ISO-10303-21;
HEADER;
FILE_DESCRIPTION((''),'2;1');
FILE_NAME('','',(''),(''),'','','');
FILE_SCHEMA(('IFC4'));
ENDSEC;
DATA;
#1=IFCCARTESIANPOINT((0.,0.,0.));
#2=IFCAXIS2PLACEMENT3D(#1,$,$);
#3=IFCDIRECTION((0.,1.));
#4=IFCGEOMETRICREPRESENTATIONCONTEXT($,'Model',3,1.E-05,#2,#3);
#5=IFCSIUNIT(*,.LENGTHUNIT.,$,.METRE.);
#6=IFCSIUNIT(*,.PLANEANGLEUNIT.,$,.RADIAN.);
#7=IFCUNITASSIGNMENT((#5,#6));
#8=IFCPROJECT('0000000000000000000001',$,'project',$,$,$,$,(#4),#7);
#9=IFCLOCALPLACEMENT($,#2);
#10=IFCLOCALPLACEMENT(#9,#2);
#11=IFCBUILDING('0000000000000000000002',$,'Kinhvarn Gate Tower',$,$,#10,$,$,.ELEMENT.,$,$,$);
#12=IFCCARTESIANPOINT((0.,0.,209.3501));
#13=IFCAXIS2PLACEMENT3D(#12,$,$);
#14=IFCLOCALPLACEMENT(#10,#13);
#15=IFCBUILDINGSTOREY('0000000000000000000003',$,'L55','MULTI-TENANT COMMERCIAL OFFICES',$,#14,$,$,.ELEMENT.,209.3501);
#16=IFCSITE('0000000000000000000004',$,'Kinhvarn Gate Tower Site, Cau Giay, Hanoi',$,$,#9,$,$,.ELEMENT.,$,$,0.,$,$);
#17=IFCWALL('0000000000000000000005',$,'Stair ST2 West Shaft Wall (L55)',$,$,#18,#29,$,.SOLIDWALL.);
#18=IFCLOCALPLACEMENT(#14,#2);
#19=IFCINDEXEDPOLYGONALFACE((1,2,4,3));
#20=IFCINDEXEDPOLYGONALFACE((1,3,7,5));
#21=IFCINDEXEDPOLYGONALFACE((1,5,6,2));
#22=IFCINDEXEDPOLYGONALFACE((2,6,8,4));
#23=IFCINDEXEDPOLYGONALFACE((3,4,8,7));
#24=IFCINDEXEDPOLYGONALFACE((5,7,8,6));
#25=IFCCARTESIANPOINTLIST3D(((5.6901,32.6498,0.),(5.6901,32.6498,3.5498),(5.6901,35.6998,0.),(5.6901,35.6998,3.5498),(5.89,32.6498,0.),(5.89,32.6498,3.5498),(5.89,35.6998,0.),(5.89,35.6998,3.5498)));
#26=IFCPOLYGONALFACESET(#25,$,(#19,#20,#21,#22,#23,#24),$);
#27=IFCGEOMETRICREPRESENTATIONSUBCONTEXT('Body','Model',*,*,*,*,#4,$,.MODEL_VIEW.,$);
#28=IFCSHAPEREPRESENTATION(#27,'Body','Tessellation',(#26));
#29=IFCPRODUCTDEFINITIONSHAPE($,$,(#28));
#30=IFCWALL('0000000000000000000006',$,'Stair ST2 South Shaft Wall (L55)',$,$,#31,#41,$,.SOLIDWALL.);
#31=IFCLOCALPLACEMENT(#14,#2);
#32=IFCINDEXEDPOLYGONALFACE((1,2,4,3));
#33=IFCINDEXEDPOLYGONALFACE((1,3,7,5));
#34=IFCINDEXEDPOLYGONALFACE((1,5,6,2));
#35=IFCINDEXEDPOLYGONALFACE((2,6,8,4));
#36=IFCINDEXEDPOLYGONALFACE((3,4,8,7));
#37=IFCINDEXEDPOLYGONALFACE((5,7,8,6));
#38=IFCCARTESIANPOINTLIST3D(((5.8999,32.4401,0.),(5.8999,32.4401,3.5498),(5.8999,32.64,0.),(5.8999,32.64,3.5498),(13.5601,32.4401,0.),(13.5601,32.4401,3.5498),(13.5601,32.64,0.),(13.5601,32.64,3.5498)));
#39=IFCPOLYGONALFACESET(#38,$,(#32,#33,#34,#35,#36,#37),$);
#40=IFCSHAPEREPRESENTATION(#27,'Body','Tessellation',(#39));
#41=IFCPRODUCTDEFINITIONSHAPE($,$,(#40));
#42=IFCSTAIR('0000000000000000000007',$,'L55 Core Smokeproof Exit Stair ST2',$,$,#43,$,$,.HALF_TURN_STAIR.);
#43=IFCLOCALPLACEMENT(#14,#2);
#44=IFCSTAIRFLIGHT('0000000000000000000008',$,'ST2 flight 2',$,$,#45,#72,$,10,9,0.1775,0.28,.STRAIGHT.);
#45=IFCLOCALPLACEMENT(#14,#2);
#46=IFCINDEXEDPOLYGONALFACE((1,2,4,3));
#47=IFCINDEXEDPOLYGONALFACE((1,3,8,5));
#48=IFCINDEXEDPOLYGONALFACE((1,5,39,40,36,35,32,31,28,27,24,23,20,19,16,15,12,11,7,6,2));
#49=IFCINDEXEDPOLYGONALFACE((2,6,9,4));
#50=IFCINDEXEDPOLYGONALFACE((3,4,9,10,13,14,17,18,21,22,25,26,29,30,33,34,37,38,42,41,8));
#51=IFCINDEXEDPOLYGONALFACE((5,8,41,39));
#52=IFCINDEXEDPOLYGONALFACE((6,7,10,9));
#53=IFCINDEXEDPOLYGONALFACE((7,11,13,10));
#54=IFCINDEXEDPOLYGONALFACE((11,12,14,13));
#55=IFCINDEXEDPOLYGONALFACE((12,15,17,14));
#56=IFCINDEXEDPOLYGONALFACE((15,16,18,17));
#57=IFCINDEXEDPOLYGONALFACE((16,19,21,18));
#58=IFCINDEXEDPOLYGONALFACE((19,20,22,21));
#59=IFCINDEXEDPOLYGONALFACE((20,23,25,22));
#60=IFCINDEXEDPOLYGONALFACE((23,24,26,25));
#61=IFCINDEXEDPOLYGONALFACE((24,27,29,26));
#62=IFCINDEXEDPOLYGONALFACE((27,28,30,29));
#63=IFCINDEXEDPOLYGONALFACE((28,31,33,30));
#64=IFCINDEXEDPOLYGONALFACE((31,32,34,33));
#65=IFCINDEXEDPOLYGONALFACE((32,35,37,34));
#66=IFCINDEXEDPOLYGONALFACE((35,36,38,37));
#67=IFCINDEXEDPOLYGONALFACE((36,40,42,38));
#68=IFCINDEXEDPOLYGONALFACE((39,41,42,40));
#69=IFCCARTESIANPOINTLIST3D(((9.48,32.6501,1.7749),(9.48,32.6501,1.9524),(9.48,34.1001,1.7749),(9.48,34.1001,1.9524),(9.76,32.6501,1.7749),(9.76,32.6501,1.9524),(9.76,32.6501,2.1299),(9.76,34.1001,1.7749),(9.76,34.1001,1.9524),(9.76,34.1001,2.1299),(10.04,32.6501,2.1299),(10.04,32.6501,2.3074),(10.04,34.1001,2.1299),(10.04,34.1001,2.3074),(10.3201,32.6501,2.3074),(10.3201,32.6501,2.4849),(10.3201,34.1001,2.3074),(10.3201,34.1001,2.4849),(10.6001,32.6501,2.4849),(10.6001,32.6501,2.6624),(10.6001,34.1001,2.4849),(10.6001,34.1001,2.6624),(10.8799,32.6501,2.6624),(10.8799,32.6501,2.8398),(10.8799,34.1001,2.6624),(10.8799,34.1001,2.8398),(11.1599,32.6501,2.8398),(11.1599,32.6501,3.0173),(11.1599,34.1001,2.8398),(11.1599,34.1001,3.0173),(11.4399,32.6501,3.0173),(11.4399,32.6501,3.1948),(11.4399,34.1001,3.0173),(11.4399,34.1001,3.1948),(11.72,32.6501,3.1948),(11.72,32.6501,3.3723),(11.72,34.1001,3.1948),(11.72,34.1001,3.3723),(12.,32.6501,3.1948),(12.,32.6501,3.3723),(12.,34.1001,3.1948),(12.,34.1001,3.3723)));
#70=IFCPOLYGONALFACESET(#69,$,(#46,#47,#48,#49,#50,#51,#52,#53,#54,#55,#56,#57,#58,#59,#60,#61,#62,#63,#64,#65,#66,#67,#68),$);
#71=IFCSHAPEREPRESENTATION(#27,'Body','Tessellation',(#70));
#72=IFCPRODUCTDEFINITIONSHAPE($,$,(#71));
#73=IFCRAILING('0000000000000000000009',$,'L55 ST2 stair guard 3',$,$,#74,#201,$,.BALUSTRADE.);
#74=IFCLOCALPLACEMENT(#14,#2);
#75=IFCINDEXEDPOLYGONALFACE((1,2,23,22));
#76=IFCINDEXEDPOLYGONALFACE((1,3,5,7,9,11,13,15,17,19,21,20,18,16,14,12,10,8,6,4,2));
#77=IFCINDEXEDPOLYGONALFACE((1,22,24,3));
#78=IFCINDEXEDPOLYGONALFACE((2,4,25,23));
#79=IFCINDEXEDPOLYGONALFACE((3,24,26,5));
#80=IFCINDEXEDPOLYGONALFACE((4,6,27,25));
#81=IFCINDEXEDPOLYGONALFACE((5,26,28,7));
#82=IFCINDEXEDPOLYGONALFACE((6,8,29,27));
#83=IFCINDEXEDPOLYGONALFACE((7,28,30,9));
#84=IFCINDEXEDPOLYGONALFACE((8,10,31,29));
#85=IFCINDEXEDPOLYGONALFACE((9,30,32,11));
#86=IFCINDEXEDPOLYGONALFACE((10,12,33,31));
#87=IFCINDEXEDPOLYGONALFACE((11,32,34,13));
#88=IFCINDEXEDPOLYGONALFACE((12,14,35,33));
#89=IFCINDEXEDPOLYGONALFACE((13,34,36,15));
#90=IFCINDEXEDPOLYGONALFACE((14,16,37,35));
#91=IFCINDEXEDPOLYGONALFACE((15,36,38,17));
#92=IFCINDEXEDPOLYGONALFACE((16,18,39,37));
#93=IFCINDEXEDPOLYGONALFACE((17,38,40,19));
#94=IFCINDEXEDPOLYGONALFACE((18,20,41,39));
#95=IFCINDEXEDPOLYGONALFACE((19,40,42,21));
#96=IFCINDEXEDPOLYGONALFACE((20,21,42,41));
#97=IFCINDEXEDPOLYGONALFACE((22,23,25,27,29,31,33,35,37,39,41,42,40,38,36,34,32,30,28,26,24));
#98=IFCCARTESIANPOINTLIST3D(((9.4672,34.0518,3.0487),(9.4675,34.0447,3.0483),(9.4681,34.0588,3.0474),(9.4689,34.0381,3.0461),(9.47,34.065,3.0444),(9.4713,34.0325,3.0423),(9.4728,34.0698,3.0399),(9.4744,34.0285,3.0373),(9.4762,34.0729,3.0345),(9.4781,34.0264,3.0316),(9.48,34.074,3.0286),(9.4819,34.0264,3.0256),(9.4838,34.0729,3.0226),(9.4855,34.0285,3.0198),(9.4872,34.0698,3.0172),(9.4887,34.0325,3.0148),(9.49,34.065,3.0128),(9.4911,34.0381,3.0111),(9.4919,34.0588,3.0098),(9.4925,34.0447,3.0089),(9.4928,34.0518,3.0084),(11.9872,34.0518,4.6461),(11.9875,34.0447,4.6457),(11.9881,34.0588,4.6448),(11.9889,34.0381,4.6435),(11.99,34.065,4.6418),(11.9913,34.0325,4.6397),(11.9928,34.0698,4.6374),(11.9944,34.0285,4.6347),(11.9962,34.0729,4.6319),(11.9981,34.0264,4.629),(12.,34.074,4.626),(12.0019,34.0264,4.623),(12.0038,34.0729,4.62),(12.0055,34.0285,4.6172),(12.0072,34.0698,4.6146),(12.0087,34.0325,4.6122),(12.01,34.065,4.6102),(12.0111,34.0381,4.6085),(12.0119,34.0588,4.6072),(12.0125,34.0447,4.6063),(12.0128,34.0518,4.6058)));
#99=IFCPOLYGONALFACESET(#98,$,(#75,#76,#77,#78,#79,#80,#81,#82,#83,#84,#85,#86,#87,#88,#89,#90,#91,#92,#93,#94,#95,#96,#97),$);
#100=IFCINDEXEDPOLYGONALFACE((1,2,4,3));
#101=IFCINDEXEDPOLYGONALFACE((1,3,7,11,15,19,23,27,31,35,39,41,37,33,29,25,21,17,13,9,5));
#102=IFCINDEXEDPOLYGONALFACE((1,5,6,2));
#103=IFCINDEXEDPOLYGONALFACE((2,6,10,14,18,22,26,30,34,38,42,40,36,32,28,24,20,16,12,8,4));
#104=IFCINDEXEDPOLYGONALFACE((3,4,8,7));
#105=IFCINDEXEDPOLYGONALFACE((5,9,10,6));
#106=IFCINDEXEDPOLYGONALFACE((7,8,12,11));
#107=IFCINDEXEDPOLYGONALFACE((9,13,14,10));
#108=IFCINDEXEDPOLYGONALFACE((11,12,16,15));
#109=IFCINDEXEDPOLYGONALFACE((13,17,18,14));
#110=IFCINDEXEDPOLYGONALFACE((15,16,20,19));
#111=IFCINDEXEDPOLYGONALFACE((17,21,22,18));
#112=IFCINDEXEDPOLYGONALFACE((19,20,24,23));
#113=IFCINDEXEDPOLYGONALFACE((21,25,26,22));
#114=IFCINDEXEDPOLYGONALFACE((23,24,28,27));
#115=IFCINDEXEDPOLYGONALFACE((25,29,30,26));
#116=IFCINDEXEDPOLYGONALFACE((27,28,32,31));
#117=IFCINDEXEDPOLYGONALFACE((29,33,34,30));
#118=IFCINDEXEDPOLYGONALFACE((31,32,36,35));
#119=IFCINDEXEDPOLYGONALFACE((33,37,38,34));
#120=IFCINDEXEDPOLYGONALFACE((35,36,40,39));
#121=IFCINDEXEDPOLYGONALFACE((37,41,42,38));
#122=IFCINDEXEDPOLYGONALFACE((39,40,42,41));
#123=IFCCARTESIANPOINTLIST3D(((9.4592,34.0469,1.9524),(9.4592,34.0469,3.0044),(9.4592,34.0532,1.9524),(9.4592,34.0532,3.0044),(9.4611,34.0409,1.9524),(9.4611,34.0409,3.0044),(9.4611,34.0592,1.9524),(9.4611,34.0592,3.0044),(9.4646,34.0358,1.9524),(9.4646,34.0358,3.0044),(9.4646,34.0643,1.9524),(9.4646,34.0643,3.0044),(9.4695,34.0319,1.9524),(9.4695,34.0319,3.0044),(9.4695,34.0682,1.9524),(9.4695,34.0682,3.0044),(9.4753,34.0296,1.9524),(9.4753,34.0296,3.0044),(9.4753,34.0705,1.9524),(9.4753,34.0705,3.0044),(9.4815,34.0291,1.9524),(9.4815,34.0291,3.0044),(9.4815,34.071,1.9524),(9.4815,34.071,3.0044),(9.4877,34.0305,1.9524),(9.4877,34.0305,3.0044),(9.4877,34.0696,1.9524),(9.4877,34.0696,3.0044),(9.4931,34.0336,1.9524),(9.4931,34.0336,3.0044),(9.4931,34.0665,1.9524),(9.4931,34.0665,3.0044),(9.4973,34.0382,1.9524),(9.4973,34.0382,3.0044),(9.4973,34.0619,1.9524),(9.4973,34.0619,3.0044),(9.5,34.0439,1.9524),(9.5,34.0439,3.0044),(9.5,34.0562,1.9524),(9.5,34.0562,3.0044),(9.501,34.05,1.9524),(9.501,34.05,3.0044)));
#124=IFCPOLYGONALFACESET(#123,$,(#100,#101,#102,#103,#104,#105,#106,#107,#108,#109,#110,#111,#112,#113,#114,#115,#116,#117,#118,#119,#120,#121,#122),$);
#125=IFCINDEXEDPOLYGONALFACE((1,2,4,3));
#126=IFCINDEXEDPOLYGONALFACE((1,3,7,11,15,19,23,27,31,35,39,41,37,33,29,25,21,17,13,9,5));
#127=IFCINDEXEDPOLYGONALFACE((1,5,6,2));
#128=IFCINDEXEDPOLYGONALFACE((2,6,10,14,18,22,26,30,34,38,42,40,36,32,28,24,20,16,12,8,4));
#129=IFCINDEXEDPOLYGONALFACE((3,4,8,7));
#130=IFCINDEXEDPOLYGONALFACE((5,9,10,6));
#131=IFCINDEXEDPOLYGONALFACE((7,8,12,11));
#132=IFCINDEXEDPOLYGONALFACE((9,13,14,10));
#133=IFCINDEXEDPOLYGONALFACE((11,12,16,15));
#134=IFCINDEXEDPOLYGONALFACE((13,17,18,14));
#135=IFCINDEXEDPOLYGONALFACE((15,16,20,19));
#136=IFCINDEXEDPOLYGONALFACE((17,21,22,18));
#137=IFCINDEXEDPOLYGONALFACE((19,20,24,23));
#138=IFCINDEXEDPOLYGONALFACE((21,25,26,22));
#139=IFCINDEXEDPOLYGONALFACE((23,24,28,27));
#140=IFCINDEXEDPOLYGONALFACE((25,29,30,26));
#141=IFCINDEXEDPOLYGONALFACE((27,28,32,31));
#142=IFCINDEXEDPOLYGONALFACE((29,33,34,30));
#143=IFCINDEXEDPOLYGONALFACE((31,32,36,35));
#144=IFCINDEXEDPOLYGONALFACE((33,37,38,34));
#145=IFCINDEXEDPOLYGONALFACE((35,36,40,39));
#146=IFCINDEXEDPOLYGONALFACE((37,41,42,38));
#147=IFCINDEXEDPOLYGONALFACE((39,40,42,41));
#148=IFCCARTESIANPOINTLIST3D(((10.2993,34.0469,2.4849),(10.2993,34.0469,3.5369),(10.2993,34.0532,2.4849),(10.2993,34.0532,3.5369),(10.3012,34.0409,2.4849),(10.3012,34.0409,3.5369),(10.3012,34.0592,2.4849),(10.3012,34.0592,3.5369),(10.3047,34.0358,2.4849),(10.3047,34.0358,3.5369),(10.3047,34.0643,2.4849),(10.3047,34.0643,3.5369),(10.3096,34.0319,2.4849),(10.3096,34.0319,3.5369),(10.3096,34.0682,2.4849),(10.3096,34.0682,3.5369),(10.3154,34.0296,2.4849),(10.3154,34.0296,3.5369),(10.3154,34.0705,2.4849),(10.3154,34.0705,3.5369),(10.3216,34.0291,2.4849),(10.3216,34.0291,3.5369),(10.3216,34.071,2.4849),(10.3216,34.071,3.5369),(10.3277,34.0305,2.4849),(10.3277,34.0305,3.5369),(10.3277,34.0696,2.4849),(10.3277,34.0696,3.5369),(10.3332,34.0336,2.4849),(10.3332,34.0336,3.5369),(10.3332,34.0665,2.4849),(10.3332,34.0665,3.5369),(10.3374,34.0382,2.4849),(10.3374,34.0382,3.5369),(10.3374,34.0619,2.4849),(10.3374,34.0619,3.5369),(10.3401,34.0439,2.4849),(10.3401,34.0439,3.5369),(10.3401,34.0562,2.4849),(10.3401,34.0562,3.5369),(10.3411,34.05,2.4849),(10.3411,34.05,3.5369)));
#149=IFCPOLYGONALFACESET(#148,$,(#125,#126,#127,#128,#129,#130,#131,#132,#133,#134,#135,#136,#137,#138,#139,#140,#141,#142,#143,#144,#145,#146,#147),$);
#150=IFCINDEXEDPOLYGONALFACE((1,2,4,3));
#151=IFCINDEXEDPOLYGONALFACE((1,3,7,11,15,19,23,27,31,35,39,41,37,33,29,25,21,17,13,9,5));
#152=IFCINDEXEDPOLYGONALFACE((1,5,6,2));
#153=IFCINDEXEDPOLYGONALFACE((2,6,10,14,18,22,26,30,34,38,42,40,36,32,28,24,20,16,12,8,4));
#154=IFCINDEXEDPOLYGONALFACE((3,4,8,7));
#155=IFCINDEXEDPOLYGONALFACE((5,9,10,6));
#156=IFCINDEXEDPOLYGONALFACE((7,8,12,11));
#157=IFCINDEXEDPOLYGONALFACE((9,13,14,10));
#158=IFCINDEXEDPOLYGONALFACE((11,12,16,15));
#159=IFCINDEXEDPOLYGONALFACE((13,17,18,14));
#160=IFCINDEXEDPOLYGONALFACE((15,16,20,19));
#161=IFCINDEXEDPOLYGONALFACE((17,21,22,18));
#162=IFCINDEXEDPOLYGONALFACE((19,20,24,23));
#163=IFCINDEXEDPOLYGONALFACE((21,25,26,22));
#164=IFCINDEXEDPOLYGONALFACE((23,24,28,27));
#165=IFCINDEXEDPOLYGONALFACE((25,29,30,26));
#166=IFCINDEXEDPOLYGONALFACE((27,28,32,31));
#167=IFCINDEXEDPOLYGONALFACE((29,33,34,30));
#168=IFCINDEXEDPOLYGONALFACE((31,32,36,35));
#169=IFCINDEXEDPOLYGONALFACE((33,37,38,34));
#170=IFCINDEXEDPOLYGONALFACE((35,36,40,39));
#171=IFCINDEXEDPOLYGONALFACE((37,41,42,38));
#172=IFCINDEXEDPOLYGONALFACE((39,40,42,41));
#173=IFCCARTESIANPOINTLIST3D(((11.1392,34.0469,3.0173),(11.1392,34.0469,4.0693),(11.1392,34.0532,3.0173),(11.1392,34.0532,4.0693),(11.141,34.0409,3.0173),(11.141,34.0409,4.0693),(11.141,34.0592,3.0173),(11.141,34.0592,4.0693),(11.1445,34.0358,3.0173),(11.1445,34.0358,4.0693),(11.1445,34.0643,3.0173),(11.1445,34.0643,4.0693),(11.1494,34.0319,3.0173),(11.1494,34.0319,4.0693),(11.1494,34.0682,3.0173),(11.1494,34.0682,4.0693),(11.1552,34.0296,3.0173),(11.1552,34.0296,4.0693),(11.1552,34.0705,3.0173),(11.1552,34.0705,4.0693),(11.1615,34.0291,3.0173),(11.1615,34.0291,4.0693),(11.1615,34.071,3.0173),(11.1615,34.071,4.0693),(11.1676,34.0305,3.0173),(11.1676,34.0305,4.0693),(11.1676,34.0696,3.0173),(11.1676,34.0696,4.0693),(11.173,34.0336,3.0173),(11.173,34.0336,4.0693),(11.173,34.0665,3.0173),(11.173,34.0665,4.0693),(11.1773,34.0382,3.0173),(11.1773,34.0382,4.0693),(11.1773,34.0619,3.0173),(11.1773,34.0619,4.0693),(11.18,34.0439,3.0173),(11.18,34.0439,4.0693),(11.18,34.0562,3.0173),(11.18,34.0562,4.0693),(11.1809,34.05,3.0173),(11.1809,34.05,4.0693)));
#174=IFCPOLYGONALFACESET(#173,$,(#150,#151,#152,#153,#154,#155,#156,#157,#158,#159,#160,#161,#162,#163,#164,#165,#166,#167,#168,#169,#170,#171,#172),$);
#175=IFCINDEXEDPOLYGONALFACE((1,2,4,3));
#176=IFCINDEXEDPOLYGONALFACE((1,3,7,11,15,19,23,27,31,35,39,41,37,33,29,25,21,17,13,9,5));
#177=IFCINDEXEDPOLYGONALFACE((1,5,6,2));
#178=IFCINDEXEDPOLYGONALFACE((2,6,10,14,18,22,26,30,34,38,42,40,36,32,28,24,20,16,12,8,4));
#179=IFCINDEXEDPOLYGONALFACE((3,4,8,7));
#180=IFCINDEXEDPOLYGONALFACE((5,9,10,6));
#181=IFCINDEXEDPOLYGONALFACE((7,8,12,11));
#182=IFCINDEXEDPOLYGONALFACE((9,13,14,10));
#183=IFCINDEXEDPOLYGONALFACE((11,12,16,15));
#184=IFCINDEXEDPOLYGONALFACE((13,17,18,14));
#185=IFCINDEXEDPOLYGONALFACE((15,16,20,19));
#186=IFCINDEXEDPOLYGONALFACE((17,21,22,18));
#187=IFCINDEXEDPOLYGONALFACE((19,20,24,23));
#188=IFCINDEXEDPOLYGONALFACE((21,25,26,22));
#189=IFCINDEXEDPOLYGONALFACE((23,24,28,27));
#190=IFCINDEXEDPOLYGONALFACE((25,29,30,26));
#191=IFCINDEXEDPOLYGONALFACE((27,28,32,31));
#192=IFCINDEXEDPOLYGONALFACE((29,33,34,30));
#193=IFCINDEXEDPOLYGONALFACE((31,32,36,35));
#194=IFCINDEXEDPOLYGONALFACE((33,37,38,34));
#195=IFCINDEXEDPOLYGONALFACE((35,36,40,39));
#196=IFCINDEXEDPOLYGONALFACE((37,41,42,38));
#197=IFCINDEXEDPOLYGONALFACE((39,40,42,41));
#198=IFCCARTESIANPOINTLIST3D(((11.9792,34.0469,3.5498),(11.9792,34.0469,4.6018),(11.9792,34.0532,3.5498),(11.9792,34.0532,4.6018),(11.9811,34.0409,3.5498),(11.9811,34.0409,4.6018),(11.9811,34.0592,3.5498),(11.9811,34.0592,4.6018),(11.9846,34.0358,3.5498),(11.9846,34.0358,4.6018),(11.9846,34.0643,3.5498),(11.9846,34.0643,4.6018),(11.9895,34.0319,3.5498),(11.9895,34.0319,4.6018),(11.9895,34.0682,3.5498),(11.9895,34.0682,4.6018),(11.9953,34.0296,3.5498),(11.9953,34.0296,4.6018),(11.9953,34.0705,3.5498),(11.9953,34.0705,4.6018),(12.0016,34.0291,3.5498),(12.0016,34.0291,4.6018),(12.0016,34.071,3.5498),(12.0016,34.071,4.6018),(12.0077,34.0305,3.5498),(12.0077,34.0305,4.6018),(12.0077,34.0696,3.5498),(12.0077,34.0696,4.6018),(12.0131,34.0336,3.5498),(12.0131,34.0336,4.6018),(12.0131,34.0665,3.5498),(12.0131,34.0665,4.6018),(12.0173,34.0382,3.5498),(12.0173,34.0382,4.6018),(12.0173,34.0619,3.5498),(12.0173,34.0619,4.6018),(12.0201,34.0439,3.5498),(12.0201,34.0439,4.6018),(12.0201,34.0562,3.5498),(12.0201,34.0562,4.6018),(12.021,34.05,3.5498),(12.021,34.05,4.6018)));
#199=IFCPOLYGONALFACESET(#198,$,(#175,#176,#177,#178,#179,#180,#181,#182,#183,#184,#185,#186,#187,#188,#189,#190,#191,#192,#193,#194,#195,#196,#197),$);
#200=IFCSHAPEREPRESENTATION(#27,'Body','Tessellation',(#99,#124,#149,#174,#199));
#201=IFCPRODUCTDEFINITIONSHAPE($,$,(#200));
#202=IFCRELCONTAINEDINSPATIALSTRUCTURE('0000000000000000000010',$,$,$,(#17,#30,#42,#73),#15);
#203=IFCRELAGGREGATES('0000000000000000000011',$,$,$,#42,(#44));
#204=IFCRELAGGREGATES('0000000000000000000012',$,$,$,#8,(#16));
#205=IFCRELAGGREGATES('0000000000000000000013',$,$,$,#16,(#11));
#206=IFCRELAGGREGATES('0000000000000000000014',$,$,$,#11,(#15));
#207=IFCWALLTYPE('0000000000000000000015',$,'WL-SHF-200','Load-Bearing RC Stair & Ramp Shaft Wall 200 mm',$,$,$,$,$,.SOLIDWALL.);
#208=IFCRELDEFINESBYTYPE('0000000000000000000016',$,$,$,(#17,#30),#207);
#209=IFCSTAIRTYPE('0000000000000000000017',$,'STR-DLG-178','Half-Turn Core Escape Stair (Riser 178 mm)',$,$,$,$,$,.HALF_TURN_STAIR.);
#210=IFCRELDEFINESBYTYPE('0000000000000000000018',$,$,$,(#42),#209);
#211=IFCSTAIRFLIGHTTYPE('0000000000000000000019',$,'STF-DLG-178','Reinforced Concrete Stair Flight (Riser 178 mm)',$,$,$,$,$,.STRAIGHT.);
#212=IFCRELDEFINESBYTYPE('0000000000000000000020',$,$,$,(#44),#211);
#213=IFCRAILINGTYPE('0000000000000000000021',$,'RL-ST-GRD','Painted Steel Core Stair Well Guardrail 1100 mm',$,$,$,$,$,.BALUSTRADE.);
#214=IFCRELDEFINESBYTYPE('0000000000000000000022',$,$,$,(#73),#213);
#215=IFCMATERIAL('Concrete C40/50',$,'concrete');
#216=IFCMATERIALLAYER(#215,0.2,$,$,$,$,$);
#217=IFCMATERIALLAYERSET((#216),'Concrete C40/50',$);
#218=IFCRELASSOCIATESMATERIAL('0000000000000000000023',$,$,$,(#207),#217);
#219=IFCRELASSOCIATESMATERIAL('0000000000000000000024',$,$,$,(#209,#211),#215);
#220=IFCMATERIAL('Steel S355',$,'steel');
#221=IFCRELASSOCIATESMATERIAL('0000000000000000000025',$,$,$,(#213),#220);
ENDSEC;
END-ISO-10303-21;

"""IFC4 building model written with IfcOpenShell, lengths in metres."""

from ifc_helpers import new_model, si_unit, direction, frame, frame_2d, origin, origin_2d, place, context, subcontext, project, spatial, polyline, rectangle, circle, outline, extrude, material, layer, layer_set, type_object, element, aggregate, save


model = new_model("IFC4")

# Units and contexts
model_context = context("Model", 3, precision=1e-05, world=origin(), true_north=direction((0.0, 1.0)))
body_context = subcontext(model_context, "Body", "Model", "MODEL_VIEW")
ifc_project = project(units=[si_unit("LENGTHUNIT", "METRE"), si_unit("PLANEANGLEUNIT", "RADIAN")], contexts=[model_context])

# Site, building, storey
site_placement = place(None, origin())
site = spatial("IfcSite", under=ifc_project, at=site_placement, Name="Kinhvarn Gate Tower Site, Cau Giay, Hanoi", CompositionType="ELEMENT", RefElevation=0.0)
building_placement = place(site_placement, origin())
building = spatial("IfcBuilding", under=site, at=building_placement, Name="Kinhvarn Gate Tower", CompositionType="ELEMENT")
storey_placement = place(building_placement, frame((0.0, 0.0, 209.3501)))
storey = spatial("IfcBuildingStorey", under=building, at=storey_placement, Name="L55", Description="MULTI-TENANT COMMERCIAL OFFICES", CompositionType="ELEMENT", Elevation=209.3501)

# Walls
ifc_material_1 = material(Name="Concrete C40/50", Category="concrete")
ifc_layer_1 = layer(ifc_material_1, 0.2)
ifc_layer_set_1 = layer_set([ifc_layer_1], Name="Concrete C40/50")
wall_type_1 = type_object("IfcWallType", Name="WL-SHF-200", Description="Load-Bearing RC Stair & Ramp Shaft Wall 200 mm", PredefinedType="SOLIDWALL", material=ifc_layer_set_1)
wall_1_placement = place(storey_placement, frame((5.79, 32.6499, 0.0), z_axis=(0.0, 0.0, 1.0), x_axis=(0.0, 1.0, 0.0)))
element("IfcWall", 1, at=wall_1_placement, inside=storey, type_object=wall_type_1, Name="Stair ST2 West Shaft Wall (L55)", PredefinedType="SOLIDWALL", context=body_context, shape_type="SweptSolid", body=[
    extrude(rectangle(XDim=3.05, YDim=0.2, at=frame_2d((1.5249, 0.0))), origin(), (0.0, 0.0, 1.0), 3.5498),
])
wall_2_placement = place(storey_placement, frame((5.8999, 32.54, 0.0), z_axis=(0.0, 0.0, 1.0), x_axis=(1.0, 0.0, 0.0)))
element("IfcWall", 2, at=wall_2_placement, inside=storey, type_object=wall_type_1, Name="Stair ST2 South Shaft Wall (L55)", PredefinedType="SOLIDWALL", context=body_context, shape_type="SweptSolid", body=[
    extrude(rectangle(XDim=7.6602, YDim=0.2, at=frame_2d((3.8301, 0.0))), origin(), (0.0, 0.0, 1.0), 3.5498),
])

# Stair, stair flight
stair_type = type_object("IfcStairType", Name="STR-DLG-178", Description="Half-Turn Core Escape Stair (Riser 178 mm)", PredefinedType="HALF_TURN_STAIR", material=ifc_material_1)
stair_placement = place(storey_placement, origin())
stair = element("IfcStair", 3, at=stair_placement, inside=storey, type_object=stair_type, Name="L55 Core Smokeproof Exit Stair ST2", PredefinedType="HALF_TURN_STAIR")
stair_flight_type = type_object("IfcStairFlightType", Name="STF-DLG-178", Description="Reinforced Concrete Stair Flight (Riser 178 mm)", PredefinedType="STRAIGHT", material=ifc_material_1)
stair_flight_placement = place(storey_placement, frame((9.48, 33.375, 1.7749), z_axis=(0.0, 0.0, 1.0), x_axis=(1.0, 0.0, 0.0)))
stair_flight = element("IfcStairFlight", 4, at=stair_flight_placement, type_object=stair_flight_type, Name="ST2 flight 2", NumberOfRisers=10, NumberOfTreads=9, PredefinedType="STRAIGHT", RiserHeight=0.1775, TreadLength=0.28, context=body_context, shape_type="SweptSolid", body=[
    extrude(outline(polyline([(0.0, 0.0), (0.0, 0.1775), (0.28, 0.1775), (0.28, 0.355), (0.5601, 0.355), (0.5601, 0.5325), (0.8401, 0.5325), (0.8401, 0.71), (1.1201, 0.71), (1.1201, 0.8875), (1.3999, 0.8875), (1.3999, 1.0649), (1.6799, 1.0649), (1.6799, 1.2424), (1.96, 1.2424), (1.96, 1.4199), (2.24, 1.4199), (2.24, 1.5974), (2.52, 1.5974), (2.52, 1.7749), (2.52, 1.4199), (0.28, 0.0), (0.0, 0.0)])), frame((0.0, 0.7251, 0.0), z_axis=(0.0, -1.0, 0.0), x_axis=(1.0, 0.0, 0.0)), (0.0, 0.0, 1.0), 1.45),
])
aggregate(stair, [stair_flight])

# Railing
ifc_material_2 = material(Name="Steel S355", Category="steel")
railing_type_1 = type_object("IfcRailingType", Name="RL-ST-GRD", Description="Painted Steel Core Stair Well Guardrail 1100 mm", PredefinedType="BALUSTRADE", material=ifc_material_2)
railing_1_placement = place(storey_placement, frame((9.48, 34.05, 1.9524)))
element("IfcRailing", 5, at=railing_1_placement, inside=storey, type_object=railing_type_1, Name="L55 ST2 stair guard 3", PredefinedType="BALUSTRADE", context=body_context, shape_type="SweptSolid", body=[
    extrude(circle(Radius=0.0239, at=origin_2d()), frame((0.0, 0.0, 1.0762), z_axis=(0.844607, 0.0, 0.535387), x_axis=(0.0, 1.0, 0.0)), (0.0, 0.0, 1.0), 2.9836),
    extrude(circle(Radius=0.021, at=origin_2d()), origin(), (0.0, 0.0, 1.0), 1.052),
    extrude(circle(Radius=0.021, at=origin_2d()), frame((0.8401, 0.0, 0.5325)), (0.0, 0.0, 1.0), 1.052),
    extrude(circle(Radius=0.021, at=origin_2d()), frame((1.6799, 0.0, 1.0649)), (0.0, 0.0, 1.0), 1.052),
    extrude(circle(Radius=0.021, at=origin_2d()), frame((2.52, 0.0, 1.5974)), (0.0, 0.0, 1.0), 1.052),
])

save(model, "model.ifc")
